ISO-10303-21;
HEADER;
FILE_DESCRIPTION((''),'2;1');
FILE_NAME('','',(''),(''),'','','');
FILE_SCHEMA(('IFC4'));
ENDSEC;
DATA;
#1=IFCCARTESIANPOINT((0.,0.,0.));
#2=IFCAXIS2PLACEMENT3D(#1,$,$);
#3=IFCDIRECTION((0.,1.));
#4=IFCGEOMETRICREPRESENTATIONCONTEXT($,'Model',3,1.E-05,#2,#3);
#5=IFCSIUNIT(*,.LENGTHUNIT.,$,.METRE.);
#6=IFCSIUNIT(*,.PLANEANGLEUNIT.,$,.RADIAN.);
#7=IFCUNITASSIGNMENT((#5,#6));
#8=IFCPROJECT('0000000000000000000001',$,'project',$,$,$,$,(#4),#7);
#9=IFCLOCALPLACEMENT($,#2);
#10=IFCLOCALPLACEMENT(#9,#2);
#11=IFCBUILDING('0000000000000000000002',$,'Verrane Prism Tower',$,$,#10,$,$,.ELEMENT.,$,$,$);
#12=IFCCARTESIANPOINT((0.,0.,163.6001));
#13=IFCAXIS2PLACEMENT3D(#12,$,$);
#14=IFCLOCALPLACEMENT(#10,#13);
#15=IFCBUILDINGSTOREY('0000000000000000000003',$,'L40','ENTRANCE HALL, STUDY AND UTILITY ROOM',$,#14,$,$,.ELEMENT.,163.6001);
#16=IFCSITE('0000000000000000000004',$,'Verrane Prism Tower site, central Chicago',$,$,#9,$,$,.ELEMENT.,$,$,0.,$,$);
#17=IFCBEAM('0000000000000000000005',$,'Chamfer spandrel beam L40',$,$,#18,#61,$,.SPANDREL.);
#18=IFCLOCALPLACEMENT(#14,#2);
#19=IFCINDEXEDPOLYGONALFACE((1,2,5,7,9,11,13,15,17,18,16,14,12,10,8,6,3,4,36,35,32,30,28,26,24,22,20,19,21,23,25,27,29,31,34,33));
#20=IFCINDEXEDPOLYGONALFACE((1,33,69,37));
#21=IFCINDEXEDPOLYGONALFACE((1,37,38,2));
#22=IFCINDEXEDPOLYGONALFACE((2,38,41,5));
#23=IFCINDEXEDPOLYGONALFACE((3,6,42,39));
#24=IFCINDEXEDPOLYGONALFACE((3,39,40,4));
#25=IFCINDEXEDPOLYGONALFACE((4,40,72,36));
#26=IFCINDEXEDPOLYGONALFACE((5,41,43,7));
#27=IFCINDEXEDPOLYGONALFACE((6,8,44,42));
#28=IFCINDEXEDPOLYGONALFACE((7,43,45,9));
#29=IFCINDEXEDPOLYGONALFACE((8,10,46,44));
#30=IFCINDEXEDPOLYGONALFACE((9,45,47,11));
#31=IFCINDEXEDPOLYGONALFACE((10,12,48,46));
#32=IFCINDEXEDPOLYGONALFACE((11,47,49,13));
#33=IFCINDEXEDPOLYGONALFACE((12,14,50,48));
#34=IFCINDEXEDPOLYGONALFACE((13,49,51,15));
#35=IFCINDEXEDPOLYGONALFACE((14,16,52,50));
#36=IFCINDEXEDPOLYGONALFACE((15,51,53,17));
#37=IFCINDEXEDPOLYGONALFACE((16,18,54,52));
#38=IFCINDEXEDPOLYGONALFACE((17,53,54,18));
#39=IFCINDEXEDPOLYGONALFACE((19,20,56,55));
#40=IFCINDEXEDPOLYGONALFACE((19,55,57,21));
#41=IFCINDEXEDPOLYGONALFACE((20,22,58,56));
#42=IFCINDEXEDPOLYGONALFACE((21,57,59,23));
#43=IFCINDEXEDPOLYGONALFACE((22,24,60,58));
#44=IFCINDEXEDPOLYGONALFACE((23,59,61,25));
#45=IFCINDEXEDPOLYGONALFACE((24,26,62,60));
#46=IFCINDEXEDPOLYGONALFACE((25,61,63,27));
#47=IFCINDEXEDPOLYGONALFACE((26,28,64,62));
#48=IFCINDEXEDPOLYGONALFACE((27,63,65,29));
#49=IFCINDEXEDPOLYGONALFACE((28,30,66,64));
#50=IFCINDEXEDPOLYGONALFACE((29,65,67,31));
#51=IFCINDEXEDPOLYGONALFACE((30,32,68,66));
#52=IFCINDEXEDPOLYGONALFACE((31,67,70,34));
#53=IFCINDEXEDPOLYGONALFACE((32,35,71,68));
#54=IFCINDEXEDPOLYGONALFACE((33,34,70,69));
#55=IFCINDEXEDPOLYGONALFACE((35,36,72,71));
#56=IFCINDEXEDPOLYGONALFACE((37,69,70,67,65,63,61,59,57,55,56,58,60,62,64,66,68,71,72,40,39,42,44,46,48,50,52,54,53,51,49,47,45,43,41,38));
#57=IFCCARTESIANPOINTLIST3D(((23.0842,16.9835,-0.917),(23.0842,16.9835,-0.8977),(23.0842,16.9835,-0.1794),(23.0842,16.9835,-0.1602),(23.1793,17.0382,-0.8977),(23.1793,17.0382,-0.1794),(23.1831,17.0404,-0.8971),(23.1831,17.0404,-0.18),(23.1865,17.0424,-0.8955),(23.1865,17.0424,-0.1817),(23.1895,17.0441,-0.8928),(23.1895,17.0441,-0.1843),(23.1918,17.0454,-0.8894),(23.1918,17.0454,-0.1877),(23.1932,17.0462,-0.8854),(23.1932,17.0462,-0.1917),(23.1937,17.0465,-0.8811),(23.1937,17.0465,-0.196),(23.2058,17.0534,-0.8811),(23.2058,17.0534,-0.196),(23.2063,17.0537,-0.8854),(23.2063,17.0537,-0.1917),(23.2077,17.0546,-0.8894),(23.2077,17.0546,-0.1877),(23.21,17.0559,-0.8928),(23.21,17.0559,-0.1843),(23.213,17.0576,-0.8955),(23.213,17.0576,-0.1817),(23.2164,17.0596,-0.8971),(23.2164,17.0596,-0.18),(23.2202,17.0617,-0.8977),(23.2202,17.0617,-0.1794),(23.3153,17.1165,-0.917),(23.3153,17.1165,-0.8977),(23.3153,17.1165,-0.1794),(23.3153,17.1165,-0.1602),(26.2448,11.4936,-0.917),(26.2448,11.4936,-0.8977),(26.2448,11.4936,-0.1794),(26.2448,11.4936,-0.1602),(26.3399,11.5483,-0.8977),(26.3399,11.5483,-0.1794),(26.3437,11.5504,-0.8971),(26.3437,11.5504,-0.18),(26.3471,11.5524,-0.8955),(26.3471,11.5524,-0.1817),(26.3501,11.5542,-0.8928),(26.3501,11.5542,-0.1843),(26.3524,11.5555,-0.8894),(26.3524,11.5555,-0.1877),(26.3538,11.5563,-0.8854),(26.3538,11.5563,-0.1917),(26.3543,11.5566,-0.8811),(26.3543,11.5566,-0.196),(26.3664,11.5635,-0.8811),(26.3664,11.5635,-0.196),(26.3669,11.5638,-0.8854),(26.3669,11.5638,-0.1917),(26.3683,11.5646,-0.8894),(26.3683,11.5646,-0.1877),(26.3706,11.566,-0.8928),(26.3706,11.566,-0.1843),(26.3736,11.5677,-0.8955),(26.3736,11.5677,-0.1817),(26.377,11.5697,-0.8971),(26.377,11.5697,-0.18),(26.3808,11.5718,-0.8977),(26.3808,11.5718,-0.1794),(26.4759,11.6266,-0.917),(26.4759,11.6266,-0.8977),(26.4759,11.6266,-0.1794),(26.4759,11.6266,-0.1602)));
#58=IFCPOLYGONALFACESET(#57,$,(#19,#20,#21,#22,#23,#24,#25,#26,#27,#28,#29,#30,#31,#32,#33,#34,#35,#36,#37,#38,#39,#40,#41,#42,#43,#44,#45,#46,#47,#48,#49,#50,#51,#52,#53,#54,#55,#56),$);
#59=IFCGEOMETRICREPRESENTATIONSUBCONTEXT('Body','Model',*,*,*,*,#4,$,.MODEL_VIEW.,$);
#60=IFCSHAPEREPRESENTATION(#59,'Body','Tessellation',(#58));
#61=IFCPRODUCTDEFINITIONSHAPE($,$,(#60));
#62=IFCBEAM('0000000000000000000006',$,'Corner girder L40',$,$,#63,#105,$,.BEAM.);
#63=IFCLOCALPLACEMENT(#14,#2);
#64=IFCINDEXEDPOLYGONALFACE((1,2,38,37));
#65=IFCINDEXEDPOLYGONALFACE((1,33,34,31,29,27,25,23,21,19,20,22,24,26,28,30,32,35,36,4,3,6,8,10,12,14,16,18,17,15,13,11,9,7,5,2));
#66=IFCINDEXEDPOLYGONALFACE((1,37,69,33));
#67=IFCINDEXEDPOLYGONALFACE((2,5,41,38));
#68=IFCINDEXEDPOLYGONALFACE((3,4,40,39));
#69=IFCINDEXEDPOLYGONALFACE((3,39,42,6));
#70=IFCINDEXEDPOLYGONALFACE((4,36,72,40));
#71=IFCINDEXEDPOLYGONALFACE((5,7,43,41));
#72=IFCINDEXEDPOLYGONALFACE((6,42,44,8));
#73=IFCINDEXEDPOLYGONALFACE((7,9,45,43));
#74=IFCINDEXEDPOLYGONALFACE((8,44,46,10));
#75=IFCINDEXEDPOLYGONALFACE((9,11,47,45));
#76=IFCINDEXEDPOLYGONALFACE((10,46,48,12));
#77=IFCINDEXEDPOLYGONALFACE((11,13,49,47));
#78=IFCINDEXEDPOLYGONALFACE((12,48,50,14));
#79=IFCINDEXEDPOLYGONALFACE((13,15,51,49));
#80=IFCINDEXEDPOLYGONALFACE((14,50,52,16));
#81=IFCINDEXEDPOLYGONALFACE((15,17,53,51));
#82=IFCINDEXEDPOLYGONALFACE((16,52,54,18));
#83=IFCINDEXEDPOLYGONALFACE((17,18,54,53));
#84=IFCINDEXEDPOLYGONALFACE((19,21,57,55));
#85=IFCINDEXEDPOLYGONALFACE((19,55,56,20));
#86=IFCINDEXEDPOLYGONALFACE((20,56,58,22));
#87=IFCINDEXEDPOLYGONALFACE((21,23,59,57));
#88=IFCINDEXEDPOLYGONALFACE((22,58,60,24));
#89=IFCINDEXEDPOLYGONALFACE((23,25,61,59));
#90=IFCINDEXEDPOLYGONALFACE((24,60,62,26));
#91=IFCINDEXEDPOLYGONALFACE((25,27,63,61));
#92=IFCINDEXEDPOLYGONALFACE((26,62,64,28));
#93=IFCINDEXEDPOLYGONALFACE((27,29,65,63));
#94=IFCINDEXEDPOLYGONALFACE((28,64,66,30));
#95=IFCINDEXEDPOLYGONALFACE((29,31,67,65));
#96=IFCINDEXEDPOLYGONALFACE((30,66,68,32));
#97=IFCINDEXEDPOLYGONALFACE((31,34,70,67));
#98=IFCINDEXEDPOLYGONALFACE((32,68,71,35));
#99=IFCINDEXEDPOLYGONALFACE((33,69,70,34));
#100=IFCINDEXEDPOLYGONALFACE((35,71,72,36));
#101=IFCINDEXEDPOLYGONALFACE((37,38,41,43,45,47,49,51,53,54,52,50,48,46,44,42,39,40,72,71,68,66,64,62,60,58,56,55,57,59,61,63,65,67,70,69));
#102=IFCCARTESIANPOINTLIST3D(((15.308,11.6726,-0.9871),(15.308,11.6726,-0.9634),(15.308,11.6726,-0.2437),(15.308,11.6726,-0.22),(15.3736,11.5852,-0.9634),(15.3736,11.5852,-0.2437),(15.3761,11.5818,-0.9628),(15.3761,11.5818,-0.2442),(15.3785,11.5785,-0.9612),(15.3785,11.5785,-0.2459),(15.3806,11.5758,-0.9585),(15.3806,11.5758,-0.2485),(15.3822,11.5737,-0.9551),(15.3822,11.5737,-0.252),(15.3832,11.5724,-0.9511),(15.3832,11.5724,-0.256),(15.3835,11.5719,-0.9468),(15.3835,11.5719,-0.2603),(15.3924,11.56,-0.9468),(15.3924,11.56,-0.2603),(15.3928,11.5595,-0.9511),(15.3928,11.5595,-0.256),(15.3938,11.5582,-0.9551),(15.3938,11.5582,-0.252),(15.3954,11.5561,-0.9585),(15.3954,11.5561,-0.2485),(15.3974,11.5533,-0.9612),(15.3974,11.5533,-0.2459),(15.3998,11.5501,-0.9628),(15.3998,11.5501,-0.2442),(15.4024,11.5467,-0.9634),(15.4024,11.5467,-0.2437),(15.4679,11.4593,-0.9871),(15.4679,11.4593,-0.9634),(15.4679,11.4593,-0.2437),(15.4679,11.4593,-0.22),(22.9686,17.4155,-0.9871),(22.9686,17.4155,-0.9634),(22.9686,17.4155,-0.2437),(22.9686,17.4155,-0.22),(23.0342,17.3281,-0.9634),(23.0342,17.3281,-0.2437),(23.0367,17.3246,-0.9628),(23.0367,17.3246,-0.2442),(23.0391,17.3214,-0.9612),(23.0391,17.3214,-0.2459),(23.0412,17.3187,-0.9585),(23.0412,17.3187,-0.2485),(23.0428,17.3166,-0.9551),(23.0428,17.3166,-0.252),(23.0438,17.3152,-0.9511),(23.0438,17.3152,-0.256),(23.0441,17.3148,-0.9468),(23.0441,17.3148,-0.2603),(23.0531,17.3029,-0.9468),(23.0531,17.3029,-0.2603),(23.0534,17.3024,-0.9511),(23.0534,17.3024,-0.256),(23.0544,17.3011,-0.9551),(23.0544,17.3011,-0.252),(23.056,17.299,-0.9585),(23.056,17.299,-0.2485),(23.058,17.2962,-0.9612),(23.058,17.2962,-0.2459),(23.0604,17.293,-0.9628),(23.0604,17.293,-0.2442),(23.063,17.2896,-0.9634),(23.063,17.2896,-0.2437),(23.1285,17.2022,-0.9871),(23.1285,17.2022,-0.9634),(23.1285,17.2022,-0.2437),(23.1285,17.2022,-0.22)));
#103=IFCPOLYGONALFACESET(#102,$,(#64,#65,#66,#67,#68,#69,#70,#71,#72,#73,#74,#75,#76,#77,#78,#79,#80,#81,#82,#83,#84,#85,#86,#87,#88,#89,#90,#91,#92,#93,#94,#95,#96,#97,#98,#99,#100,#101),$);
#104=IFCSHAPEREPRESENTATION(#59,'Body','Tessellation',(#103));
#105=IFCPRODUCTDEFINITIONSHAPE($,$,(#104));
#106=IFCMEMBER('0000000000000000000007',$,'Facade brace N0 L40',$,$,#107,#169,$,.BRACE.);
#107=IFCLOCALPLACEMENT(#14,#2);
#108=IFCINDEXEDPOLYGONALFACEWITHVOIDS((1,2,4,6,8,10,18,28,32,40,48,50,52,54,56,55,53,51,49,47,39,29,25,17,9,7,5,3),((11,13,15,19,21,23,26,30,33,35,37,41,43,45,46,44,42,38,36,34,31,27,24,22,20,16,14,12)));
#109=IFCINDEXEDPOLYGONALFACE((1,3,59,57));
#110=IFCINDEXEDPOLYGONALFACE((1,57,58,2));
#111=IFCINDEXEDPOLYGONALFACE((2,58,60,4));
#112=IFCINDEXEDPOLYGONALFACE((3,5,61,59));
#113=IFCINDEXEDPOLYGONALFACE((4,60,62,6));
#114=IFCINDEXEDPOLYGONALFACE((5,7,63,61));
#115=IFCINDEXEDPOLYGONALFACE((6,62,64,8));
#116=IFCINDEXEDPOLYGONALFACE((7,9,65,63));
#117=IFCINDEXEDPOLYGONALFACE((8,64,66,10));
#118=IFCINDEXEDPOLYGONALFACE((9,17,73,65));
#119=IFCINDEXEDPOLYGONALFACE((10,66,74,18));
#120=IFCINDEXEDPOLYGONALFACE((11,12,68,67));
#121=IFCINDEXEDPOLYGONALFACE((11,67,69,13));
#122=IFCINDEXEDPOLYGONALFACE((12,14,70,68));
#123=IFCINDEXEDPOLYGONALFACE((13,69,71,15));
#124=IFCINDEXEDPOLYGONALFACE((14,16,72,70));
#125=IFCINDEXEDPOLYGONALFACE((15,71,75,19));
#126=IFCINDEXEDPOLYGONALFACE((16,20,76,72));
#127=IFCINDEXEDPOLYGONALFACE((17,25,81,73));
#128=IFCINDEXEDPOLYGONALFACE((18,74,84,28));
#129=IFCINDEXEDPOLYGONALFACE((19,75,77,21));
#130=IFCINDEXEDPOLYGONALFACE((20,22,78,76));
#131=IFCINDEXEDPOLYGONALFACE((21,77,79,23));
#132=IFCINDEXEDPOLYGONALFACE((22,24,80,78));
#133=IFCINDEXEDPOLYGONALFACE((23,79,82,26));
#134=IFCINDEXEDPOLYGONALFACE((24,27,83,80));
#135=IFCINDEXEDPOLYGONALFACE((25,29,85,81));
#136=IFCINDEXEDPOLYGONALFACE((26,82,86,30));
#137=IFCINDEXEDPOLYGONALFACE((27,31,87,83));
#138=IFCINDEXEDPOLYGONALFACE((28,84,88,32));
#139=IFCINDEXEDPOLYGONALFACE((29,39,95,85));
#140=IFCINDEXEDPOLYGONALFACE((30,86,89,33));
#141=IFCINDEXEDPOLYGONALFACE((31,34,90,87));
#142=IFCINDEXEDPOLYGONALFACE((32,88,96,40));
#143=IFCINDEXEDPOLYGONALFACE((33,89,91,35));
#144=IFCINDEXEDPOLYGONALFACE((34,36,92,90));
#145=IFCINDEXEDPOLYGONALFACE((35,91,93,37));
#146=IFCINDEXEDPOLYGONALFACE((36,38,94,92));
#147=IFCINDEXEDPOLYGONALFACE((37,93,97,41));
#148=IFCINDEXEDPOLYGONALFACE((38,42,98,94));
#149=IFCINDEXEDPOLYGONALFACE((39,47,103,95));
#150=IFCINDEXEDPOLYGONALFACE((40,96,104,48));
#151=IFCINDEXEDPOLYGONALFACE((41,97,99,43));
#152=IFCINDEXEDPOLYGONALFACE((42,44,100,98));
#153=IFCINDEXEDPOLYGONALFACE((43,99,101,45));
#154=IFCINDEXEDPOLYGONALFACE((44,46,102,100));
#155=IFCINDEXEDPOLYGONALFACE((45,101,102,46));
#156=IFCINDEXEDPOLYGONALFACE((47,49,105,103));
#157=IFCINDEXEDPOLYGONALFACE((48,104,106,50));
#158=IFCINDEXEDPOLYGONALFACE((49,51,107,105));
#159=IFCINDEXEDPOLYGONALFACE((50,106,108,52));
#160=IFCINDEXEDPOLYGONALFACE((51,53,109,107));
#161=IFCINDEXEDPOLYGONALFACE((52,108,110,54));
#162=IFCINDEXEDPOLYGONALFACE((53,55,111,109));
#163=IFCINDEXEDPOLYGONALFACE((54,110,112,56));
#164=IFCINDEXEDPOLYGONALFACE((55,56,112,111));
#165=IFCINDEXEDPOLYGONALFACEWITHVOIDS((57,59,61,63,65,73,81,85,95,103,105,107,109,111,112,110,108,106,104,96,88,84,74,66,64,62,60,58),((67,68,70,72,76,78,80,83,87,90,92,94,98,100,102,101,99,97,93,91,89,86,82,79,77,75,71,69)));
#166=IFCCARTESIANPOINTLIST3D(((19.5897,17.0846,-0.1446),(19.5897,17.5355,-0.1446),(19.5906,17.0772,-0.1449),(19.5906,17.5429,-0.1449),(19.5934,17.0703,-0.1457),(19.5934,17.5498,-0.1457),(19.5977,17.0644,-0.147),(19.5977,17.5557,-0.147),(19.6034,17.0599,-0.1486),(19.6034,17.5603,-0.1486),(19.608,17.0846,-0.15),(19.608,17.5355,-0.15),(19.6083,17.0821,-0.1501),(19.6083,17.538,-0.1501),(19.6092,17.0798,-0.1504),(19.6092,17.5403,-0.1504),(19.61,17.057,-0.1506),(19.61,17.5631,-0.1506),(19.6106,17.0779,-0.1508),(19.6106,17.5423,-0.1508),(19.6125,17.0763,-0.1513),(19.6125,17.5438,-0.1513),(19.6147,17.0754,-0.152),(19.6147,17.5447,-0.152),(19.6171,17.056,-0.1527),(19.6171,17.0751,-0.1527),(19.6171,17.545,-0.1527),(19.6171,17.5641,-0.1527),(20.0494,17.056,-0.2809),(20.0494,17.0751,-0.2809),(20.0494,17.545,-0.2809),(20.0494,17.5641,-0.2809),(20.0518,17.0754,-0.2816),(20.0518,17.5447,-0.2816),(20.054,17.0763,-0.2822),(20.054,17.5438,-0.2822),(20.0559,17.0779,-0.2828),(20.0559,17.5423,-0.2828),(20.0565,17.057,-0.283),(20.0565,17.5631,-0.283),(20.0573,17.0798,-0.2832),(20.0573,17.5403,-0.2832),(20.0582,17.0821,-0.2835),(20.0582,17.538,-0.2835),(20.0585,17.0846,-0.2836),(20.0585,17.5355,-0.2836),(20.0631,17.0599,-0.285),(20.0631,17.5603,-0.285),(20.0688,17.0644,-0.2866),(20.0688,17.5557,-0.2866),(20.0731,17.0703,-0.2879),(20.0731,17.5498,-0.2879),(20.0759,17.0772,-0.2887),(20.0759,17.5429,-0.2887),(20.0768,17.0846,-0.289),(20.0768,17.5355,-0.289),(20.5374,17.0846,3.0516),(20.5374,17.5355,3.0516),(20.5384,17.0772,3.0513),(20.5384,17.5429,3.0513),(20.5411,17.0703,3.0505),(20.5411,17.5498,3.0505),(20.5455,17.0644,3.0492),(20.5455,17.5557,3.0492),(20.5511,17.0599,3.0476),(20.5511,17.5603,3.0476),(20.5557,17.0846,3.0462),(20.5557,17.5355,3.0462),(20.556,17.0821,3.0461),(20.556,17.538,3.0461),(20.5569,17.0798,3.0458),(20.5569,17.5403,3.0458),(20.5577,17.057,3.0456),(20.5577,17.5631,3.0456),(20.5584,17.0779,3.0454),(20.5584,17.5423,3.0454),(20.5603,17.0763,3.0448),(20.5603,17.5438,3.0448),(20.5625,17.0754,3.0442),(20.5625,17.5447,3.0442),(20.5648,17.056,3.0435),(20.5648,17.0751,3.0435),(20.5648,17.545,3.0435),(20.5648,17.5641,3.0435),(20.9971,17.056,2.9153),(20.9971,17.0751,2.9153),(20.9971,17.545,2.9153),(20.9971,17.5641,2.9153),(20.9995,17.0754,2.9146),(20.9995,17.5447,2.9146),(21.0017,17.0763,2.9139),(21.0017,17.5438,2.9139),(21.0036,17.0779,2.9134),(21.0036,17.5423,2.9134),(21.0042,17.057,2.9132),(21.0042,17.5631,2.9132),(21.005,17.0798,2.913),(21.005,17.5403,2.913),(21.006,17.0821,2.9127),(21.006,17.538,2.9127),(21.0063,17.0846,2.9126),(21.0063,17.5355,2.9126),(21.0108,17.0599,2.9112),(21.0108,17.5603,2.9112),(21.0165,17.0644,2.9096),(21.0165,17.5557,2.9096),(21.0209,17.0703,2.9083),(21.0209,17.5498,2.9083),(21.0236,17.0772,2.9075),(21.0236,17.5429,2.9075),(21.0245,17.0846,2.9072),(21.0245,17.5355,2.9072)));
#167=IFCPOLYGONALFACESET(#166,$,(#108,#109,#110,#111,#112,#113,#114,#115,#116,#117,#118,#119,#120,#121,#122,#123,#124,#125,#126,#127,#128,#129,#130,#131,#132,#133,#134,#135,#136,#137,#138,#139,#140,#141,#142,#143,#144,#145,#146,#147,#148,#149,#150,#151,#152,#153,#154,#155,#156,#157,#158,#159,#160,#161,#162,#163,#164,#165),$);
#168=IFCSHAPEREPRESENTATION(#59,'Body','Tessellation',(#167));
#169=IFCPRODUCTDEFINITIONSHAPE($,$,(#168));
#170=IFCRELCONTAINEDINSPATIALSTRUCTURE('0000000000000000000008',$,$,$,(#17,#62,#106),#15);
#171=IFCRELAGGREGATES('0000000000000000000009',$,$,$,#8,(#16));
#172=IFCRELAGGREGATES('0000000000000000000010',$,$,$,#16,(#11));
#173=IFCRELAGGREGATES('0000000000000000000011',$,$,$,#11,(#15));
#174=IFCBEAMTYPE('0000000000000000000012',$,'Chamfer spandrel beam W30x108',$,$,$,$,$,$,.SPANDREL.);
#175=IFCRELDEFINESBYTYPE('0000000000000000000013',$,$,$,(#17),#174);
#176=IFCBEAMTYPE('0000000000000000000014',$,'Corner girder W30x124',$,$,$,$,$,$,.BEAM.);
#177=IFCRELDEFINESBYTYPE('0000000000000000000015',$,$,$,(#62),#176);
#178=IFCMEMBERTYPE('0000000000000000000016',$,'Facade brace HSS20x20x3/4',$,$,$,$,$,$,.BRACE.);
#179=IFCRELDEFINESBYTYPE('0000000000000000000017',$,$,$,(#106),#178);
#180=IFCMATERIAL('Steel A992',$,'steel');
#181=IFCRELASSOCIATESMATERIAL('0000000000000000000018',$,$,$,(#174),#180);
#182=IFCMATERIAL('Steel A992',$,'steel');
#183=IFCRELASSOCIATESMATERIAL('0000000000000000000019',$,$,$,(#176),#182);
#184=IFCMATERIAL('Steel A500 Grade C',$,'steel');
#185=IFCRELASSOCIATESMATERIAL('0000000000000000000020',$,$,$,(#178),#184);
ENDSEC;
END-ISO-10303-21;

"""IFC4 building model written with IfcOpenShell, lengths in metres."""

from ifc_helpers import new_model, si_unit, direction, frame, origin, origin_2d, place, context, subcontext, project, spatial, hollow_rectangle, i_section, extrude, material, material_profile, profile_set, type_object, element, save


model = new_model("IFC4")

# Units and contexts
model_context = context("Model", 3, precision=1e-05, world=origin(), true_north=direction((0.0, 1.0)))
body_context = subcontext(model_context, "Body", "Model", "MODEL_VIEW")
ifc_project = project(units=[si_unit("LENGTHUNIT", "METRE"), si_unit("PLANEANGLEUNIT", "RADIAN")], contexts=[model_context])

# Site, building, storey
site_placement = place(None, origin())
site = spatial("IfcSite", under=ifc_project, at=site_placement, Name="Verrane Prism Tower site, central Chicago", CompositionType="ELEMENT", RefElevation=0.0)
building_placement = place(site_placement, origin())
building = spatial("IfcBuilding", under=site, at=building_placement, Name="Verrane Prism Tower", CompositionType="ELEMENT")
storey_placement = place(building_placement, frame((0.0, 0.0, 163.6001)))
storey = spatial("IfcBuildingStorey", under=building, at=storey_placement, Name="L40", Description="ENTRANCE HALL, STUDY AND UTILITY ROOM", CompositionType="ELEMENT", Elevation=163.6001)

# Beams
ifc_material_1 = material(Name="Steel A992", Category="steel")
ifc_material_profile_1 = material_profile(ifc_material_1, i_section(OverallWidth=0.2666, OverallDepth=0.7568, WebThickness=0.0139, FlangeThickness=0.0193, FilletRadius=0.0166, at=origin_2d()), Name="W30x108")
ifc_profile_set_1 = profile_set([ifc_material_profile_1], Name="Steel A992")
beam_type_1 = type_object("IfcBeamType", Name="Chamfer spandrel beam W30x108", PredefinedType="SPANDREL", material=ifc_profile_set_1)
beam_1_placement = place(storey_placement, frame((26.3604, 11.5601, -0.5386), z_axis=(-0.498934, 0.86664, 0.0), x_axis=(-0.86664, -0.498934, 0.0)))
element("IfcBeam", 1, at=beam_1_placement, inside=storey, type_object=beam_type_1, Name="Chamfer spandrel beam L40", PredefinedType="SPANDREL", context=body_context, shape_type="SweptSolid", body=[
    extrude(i_section(OverallWidth=0.2666, OverallDepth=0.7568, WebThickness=0.0139, FlangeThickness=0.0193, FilletRadius=0.0166, at=origin_2d()), origin(), (0.0, 0.0, 1.0), 6.3347),
])
ifc_material_2 = material(Name="Steel A992", Category="steel")
ifc_material_profile_2 = material_profile(ifc_material_2, i_section(OverallWidth=0.2666, OverallDepth=0.7671, WebThickness=0.0149, FlangeThickness=0.0237, FilletRadius=0.0166, at=origin_2d()), Name="W30x124")
ifc_profile_set_2 = profile_set([ifc_material_profile_2], Name="Steel A992")
beam_type_2 = type_object("IfcBeamType", Name="Corner girder W30x124", PredefinedType="BEAM", material=ifc_profile_set_2)
beam_2_placement = place(storey_placement, frame((23.0486, 17.3088, -0.6035), z_axis=(-0.800128, -0.599829, 0.0), x_axis=(0.599829, -0.800128, 0.0)))
element("IfcBeam", 2, at=beam_2_placement, inside=storey, type_object=beam_type_2, Name="Corner girder L40", PredefinedType="BEAM", context=body_context, shape_type="SweptSolid", body=[
    extrude(i_section(OverallWidth=0.2666, OverallDepth=0.7671, WebThickness=0.0149, FlangeThickness=0.0237, FilletRadius=0.0166, at=origin_2d()), origin(), (0.0, 0.0, 1.0), 9.5742),
])

# Member
ifc_material_3 = material(Name="Steel A500 Grade C", Category="steel")
ifc_material_profile_3 = material_profile(ifc_material_3, hollow_rectangle(XDim=0.5081, YDim=0.5081, WallThickness=0.019, InnerFilletRadius=0.0095, OuterFilletRadius=0.0286, at=origin_2d()), Name="HSS20x20x3/4")
ifc_profile_set_3 = profile_set([ifc_material_profile_3], Name="Steel A500 Grade C")
member_type_1 = type_object("IfcMemberType", Name="Facade brace HSS20x20x3/4", PredefinedType="BRACE", material=ifc_profile_set_3)
member_1_placement = place(storey_placement, frame((19.8333, 17.3101, -0.2168), z_axis=(0.284283, 0.0, 0.95874), x_axis=(0.0, 1.0, 0.0)))
element("IfcMember", 3, at=member_1_placement, inside=storey, type_object=member_type_1, Name="Facade brace N0 L40", PredefinedType="BRACE", context=body_context, shape_type="SweptSolid", body=[
    extrude(hollow_rectangle(XDim=0.5081, YDim=0.5081, WallThickness=0.019, InnerFilletRadius=0.0095, OuterFilletRadius=0.0286, at=origin_2d()), origin(), (0.0, 0.0, 1.0), 3.3337),
])

save(model, "model.ifc")
